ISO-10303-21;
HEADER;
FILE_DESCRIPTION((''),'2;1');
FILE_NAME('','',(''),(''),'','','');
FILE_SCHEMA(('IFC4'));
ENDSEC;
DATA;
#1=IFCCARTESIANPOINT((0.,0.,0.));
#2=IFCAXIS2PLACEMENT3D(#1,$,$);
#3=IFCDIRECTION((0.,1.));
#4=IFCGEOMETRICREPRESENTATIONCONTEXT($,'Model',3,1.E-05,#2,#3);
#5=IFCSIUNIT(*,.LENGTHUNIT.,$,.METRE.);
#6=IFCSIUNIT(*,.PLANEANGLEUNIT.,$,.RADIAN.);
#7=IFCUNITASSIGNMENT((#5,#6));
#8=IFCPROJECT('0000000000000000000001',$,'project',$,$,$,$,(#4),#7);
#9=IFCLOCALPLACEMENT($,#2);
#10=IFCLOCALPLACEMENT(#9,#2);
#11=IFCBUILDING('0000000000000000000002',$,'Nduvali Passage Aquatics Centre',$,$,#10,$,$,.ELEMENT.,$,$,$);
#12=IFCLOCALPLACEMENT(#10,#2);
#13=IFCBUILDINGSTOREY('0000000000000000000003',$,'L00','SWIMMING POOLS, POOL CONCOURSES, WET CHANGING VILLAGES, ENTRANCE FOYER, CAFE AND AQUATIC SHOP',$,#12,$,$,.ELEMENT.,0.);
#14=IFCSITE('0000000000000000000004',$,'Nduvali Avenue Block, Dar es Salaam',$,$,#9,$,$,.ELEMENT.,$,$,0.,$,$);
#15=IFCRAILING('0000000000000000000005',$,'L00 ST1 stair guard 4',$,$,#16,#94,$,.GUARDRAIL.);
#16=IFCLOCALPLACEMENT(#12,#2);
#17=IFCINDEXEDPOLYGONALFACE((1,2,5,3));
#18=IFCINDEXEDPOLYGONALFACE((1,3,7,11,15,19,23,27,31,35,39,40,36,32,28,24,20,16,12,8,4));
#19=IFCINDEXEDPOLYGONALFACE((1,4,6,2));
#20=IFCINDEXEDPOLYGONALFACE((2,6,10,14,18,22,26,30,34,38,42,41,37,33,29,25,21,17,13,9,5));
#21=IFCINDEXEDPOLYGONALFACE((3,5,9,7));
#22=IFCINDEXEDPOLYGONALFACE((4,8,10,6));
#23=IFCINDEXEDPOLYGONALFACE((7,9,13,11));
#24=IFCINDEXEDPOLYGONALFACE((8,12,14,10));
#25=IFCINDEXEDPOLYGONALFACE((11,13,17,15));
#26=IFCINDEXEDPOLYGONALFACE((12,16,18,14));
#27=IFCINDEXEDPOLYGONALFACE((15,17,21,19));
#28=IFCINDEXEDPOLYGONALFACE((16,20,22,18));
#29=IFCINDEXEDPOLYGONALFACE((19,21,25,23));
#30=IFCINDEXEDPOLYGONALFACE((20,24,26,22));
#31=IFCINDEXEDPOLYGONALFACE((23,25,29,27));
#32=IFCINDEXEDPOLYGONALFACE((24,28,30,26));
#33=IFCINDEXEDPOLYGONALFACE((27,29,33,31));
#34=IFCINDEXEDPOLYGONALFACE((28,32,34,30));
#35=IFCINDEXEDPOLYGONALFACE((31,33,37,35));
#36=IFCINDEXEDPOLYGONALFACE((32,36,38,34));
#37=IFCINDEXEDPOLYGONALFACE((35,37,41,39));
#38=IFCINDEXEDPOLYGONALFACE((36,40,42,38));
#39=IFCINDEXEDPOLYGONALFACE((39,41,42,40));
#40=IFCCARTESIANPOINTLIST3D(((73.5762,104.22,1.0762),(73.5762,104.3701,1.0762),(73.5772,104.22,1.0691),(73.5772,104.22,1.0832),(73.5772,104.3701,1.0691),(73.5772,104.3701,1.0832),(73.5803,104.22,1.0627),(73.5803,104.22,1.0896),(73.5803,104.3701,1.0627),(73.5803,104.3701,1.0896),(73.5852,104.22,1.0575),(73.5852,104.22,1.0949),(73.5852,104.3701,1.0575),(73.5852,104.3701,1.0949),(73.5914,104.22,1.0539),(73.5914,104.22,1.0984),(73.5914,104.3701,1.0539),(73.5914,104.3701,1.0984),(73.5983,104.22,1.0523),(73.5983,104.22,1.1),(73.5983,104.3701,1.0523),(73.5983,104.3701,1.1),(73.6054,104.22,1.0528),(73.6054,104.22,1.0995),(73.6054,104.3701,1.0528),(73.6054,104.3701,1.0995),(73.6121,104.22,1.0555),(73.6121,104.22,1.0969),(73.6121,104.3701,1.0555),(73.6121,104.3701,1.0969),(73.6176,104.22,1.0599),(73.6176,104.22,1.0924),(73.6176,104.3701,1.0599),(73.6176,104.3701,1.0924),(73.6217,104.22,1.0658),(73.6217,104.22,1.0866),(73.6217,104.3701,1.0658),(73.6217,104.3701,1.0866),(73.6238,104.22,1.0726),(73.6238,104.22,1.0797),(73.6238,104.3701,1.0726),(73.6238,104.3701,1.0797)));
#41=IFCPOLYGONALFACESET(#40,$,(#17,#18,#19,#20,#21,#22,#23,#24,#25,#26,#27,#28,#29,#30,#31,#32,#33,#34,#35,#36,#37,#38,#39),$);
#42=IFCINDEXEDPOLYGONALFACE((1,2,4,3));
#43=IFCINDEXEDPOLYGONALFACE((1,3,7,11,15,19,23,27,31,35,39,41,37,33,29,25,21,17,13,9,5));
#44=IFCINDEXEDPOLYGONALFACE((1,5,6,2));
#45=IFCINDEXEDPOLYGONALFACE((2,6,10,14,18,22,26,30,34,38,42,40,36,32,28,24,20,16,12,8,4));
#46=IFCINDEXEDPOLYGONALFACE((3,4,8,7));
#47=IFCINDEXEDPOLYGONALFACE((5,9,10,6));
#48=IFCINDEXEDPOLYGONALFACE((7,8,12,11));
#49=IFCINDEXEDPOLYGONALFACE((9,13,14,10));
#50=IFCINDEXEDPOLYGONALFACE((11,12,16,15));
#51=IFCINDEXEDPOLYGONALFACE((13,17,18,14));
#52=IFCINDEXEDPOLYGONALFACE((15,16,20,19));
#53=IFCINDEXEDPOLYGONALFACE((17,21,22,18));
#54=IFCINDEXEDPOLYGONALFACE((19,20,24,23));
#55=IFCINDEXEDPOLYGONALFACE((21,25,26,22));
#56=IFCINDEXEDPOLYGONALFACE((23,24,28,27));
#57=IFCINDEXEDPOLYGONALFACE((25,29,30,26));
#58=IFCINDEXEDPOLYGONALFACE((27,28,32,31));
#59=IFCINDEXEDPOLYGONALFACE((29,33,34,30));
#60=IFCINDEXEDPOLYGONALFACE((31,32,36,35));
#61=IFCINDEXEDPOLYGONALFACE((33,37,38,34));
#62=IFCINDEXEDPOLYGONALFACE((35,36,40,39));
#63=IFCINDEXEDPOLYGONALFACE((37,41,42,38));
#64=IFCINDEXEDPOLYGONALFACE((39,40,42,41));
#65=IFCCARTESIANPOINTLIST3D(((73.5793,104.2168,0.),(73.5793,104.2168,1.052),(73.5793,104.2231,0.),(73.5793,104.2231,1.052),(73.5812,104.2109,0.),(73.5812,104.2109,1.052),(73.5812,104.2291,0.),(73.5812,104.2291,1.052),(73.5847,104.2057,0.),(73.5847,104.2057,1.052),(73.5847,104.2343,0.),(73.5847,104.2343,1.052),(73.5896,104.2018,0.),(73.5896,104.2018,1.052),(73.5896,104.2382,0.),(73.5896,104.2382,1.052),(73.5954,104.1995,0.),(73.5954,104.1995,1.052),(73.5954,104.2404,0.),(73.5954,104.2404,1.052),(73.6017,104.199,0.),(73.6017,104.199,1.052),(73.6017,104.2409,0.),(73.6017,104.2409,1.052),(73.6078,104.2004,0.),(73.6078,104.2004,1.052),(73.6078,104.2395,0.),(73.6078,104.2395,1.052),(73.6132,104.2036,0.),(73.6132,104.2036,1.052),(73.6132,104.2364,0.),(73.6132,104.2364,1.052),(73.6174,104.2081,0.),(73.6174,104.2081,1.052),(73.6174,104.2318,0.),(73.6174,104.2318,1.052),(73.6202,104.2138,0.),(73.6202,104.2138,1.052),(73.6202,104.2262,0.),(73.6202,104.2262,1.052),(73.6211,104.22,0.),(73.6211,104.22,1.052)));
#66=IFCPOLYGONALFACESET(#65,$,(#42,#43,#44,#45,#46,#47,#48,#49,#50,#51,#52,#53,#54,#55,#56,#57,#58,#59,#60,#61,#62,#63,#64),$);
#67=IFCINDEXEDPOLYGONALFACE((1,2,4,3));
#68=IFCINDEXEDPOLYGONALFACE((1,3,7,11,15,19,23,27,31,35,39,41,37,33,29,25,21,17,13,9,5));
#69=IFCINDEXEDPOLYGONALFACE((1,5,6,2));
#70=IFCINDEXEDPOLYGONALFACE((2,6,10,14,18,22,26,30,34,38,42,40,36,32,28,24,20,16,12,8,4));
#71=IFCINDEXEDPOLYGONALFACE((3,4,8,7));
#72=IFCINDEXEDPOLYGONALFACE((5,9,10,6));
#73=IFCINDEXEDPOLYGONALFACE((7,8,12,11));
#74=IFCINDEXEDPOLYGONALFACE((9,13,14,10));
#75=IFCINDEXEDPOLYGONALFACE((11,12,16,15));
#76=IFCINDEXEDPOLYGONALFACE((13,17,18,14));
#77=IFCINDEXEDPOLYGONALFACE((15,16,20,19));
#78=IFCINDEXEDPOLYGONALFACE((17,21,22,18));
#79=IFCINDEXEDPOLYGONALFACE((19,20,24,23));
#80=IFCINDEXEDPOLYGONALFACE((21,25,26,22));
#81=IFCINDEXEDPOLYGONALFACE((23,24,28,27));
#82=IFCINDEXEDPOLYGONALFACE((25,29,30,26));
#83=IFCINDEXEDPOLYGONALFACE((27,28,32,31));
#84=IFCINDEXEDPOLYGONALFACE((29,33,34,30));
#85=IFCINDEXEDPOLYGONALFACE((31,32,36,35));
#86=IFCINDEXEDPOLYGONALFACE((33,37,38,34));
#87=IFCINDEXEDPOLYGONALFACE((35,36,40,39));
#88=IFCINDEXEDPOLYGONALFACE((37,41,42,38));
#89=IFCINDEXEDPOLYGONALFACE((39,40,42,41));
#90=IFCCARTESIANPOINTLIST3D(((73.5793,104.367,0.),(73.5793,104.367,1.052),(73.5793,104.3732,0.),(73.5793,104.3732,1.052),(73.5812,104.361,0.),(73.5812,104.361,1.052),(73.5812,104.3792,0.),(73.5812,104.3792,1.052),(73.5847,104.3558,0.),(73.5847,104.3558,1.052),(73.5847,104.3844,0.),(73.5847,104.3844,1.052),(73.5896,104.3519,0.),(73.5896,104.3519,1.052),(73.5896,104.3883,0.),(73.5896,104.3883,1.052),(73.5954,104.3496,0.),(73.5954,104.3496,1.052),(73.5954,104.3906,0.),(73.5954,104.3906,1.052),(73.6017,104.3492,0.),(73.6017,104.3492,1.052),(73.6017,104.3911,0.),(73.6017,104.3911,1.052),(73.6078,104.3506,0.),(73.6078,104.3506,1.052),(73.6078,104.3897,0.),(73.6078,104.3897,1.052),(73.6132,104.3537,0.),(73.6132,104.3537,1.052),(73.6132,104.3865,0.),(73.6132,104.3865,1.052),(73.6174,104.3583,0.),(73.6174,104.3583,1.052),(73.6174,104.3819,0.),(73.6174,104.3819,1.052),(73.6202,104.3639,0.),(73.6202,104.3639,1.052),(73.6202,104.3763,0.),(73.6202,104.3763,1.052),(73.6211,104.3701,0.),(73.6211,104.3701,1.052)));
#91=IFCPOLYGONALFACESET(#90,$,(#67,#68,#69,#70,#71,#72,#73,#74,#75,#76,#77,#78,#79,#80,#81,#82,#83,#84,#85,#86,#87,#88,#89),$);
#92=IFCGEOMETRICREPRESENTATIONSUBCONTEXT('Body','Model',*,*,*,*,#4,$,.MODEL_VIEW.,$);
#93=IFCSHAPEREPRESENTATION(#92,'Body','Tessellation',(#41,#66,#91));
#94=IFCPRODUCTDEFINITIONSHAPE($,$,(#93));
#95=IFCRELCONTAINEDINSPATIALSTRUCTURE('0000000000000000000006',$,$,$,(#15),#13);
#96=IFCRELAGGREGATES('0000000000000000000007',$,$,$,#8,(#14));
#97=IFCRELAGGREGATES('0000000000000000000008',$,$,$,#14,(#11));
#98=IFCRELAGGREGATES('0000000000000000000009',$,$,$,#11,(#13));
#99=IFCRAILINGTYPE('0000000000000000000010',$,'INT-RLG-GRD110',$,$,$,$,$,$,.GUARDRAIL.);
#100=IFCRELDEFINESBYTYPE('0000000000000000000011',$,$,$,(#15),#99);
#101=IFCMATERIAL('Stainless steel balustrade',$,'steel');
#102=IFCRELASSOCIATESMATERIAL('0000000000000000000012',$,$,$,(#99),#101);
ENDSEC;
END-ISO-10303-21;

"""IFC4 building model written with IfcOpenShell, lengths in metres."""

from ifc_helpers import new_model, si_unit, direction, frame, origin, origin_2d, place, context, subcontext, project, spatial, circle, extrude, material, type_object, element, save


model = new_model("IFC4")

# Units and contexts
model_context = context("Model", 3, precision=1e-05, world=origin(), true_north=direction((0.0, 1.0)))
body_context = subcontext(model_context, "Body", "Model", "MODEL_VIEW")
ifc_project = project(units=[si_unit("LENGTHUNIT", "METRE"), si_unit("PLANEANGLEUNIT", "RADIAN")], contexts=[model_context])

# Site, building, storey
site_placement = place(None, origin())
site = spatial("IfcSite", under=ifc_project, at=site_placement, Name="Nduvali Avenue Block, Dar es Salaam", CompositionType="ELEMENT", RefElevation=0.0)
building_placement = place(site_placement, origin())
building = spatial("IfcBuilding", under=site, at=building_placement, Name="Nduvali Passage Aquatics Centre", CompositionType="ELEMENT")
storey_placement = place(building_placement, origin())
storey = spatial("IfcBuildingStorey", under=building, at=storey_placement, Name="L00", Description="SWIMMING POOLS, POOL CONCOURSES, WET CHANGING VILLAGES, ENTRANCE FOYER, CAFE AND AQUATIC SHOP", CompositionType="ELEMENT", Elevation=0.0)

# Railing
ifc_material_1 = material(Name="Stainless steel balustrade", Category="steel")
railing_type_1 = type_object("IfcRailingType", Name="INT-RLG-GRD110", PredefinedType="GUARDRAIL", material=ifc_material_1)
railing_1_placement = place(storey_placement, frame((73.6001, 104.22, 0.0)))
element("IfcRailing", 1, at=railing_1_placement, inside=storey, type_object=railing_type_1, Name="L00 ST1 stair guard 4", PredefinedType="GUARDRAIL", context=body_context, shape_type="SweptSolid", body=[
    extrude(circle(Radius=0.0239, at=origin_2d()), frame((0.0, 0.0, 1.0762), z_axis=(0.0, 1.0, 0.0), x_axis=(-1.0, 0.0, 0.0)), (0.0, 0.0, 1.0), 0.1501),
    extrude(circle(Radius=0.021, at=origin_2d()), origin(), (0.0, 0.0, 1.0), 1.052),
    extrude(circle(Radius=0.021, at=origin_2d()), frame((0.0, 0.1501, 0.0)), (0.0, 0.0, 1.0), 1.052),
])

save(model, "model.ifc")
